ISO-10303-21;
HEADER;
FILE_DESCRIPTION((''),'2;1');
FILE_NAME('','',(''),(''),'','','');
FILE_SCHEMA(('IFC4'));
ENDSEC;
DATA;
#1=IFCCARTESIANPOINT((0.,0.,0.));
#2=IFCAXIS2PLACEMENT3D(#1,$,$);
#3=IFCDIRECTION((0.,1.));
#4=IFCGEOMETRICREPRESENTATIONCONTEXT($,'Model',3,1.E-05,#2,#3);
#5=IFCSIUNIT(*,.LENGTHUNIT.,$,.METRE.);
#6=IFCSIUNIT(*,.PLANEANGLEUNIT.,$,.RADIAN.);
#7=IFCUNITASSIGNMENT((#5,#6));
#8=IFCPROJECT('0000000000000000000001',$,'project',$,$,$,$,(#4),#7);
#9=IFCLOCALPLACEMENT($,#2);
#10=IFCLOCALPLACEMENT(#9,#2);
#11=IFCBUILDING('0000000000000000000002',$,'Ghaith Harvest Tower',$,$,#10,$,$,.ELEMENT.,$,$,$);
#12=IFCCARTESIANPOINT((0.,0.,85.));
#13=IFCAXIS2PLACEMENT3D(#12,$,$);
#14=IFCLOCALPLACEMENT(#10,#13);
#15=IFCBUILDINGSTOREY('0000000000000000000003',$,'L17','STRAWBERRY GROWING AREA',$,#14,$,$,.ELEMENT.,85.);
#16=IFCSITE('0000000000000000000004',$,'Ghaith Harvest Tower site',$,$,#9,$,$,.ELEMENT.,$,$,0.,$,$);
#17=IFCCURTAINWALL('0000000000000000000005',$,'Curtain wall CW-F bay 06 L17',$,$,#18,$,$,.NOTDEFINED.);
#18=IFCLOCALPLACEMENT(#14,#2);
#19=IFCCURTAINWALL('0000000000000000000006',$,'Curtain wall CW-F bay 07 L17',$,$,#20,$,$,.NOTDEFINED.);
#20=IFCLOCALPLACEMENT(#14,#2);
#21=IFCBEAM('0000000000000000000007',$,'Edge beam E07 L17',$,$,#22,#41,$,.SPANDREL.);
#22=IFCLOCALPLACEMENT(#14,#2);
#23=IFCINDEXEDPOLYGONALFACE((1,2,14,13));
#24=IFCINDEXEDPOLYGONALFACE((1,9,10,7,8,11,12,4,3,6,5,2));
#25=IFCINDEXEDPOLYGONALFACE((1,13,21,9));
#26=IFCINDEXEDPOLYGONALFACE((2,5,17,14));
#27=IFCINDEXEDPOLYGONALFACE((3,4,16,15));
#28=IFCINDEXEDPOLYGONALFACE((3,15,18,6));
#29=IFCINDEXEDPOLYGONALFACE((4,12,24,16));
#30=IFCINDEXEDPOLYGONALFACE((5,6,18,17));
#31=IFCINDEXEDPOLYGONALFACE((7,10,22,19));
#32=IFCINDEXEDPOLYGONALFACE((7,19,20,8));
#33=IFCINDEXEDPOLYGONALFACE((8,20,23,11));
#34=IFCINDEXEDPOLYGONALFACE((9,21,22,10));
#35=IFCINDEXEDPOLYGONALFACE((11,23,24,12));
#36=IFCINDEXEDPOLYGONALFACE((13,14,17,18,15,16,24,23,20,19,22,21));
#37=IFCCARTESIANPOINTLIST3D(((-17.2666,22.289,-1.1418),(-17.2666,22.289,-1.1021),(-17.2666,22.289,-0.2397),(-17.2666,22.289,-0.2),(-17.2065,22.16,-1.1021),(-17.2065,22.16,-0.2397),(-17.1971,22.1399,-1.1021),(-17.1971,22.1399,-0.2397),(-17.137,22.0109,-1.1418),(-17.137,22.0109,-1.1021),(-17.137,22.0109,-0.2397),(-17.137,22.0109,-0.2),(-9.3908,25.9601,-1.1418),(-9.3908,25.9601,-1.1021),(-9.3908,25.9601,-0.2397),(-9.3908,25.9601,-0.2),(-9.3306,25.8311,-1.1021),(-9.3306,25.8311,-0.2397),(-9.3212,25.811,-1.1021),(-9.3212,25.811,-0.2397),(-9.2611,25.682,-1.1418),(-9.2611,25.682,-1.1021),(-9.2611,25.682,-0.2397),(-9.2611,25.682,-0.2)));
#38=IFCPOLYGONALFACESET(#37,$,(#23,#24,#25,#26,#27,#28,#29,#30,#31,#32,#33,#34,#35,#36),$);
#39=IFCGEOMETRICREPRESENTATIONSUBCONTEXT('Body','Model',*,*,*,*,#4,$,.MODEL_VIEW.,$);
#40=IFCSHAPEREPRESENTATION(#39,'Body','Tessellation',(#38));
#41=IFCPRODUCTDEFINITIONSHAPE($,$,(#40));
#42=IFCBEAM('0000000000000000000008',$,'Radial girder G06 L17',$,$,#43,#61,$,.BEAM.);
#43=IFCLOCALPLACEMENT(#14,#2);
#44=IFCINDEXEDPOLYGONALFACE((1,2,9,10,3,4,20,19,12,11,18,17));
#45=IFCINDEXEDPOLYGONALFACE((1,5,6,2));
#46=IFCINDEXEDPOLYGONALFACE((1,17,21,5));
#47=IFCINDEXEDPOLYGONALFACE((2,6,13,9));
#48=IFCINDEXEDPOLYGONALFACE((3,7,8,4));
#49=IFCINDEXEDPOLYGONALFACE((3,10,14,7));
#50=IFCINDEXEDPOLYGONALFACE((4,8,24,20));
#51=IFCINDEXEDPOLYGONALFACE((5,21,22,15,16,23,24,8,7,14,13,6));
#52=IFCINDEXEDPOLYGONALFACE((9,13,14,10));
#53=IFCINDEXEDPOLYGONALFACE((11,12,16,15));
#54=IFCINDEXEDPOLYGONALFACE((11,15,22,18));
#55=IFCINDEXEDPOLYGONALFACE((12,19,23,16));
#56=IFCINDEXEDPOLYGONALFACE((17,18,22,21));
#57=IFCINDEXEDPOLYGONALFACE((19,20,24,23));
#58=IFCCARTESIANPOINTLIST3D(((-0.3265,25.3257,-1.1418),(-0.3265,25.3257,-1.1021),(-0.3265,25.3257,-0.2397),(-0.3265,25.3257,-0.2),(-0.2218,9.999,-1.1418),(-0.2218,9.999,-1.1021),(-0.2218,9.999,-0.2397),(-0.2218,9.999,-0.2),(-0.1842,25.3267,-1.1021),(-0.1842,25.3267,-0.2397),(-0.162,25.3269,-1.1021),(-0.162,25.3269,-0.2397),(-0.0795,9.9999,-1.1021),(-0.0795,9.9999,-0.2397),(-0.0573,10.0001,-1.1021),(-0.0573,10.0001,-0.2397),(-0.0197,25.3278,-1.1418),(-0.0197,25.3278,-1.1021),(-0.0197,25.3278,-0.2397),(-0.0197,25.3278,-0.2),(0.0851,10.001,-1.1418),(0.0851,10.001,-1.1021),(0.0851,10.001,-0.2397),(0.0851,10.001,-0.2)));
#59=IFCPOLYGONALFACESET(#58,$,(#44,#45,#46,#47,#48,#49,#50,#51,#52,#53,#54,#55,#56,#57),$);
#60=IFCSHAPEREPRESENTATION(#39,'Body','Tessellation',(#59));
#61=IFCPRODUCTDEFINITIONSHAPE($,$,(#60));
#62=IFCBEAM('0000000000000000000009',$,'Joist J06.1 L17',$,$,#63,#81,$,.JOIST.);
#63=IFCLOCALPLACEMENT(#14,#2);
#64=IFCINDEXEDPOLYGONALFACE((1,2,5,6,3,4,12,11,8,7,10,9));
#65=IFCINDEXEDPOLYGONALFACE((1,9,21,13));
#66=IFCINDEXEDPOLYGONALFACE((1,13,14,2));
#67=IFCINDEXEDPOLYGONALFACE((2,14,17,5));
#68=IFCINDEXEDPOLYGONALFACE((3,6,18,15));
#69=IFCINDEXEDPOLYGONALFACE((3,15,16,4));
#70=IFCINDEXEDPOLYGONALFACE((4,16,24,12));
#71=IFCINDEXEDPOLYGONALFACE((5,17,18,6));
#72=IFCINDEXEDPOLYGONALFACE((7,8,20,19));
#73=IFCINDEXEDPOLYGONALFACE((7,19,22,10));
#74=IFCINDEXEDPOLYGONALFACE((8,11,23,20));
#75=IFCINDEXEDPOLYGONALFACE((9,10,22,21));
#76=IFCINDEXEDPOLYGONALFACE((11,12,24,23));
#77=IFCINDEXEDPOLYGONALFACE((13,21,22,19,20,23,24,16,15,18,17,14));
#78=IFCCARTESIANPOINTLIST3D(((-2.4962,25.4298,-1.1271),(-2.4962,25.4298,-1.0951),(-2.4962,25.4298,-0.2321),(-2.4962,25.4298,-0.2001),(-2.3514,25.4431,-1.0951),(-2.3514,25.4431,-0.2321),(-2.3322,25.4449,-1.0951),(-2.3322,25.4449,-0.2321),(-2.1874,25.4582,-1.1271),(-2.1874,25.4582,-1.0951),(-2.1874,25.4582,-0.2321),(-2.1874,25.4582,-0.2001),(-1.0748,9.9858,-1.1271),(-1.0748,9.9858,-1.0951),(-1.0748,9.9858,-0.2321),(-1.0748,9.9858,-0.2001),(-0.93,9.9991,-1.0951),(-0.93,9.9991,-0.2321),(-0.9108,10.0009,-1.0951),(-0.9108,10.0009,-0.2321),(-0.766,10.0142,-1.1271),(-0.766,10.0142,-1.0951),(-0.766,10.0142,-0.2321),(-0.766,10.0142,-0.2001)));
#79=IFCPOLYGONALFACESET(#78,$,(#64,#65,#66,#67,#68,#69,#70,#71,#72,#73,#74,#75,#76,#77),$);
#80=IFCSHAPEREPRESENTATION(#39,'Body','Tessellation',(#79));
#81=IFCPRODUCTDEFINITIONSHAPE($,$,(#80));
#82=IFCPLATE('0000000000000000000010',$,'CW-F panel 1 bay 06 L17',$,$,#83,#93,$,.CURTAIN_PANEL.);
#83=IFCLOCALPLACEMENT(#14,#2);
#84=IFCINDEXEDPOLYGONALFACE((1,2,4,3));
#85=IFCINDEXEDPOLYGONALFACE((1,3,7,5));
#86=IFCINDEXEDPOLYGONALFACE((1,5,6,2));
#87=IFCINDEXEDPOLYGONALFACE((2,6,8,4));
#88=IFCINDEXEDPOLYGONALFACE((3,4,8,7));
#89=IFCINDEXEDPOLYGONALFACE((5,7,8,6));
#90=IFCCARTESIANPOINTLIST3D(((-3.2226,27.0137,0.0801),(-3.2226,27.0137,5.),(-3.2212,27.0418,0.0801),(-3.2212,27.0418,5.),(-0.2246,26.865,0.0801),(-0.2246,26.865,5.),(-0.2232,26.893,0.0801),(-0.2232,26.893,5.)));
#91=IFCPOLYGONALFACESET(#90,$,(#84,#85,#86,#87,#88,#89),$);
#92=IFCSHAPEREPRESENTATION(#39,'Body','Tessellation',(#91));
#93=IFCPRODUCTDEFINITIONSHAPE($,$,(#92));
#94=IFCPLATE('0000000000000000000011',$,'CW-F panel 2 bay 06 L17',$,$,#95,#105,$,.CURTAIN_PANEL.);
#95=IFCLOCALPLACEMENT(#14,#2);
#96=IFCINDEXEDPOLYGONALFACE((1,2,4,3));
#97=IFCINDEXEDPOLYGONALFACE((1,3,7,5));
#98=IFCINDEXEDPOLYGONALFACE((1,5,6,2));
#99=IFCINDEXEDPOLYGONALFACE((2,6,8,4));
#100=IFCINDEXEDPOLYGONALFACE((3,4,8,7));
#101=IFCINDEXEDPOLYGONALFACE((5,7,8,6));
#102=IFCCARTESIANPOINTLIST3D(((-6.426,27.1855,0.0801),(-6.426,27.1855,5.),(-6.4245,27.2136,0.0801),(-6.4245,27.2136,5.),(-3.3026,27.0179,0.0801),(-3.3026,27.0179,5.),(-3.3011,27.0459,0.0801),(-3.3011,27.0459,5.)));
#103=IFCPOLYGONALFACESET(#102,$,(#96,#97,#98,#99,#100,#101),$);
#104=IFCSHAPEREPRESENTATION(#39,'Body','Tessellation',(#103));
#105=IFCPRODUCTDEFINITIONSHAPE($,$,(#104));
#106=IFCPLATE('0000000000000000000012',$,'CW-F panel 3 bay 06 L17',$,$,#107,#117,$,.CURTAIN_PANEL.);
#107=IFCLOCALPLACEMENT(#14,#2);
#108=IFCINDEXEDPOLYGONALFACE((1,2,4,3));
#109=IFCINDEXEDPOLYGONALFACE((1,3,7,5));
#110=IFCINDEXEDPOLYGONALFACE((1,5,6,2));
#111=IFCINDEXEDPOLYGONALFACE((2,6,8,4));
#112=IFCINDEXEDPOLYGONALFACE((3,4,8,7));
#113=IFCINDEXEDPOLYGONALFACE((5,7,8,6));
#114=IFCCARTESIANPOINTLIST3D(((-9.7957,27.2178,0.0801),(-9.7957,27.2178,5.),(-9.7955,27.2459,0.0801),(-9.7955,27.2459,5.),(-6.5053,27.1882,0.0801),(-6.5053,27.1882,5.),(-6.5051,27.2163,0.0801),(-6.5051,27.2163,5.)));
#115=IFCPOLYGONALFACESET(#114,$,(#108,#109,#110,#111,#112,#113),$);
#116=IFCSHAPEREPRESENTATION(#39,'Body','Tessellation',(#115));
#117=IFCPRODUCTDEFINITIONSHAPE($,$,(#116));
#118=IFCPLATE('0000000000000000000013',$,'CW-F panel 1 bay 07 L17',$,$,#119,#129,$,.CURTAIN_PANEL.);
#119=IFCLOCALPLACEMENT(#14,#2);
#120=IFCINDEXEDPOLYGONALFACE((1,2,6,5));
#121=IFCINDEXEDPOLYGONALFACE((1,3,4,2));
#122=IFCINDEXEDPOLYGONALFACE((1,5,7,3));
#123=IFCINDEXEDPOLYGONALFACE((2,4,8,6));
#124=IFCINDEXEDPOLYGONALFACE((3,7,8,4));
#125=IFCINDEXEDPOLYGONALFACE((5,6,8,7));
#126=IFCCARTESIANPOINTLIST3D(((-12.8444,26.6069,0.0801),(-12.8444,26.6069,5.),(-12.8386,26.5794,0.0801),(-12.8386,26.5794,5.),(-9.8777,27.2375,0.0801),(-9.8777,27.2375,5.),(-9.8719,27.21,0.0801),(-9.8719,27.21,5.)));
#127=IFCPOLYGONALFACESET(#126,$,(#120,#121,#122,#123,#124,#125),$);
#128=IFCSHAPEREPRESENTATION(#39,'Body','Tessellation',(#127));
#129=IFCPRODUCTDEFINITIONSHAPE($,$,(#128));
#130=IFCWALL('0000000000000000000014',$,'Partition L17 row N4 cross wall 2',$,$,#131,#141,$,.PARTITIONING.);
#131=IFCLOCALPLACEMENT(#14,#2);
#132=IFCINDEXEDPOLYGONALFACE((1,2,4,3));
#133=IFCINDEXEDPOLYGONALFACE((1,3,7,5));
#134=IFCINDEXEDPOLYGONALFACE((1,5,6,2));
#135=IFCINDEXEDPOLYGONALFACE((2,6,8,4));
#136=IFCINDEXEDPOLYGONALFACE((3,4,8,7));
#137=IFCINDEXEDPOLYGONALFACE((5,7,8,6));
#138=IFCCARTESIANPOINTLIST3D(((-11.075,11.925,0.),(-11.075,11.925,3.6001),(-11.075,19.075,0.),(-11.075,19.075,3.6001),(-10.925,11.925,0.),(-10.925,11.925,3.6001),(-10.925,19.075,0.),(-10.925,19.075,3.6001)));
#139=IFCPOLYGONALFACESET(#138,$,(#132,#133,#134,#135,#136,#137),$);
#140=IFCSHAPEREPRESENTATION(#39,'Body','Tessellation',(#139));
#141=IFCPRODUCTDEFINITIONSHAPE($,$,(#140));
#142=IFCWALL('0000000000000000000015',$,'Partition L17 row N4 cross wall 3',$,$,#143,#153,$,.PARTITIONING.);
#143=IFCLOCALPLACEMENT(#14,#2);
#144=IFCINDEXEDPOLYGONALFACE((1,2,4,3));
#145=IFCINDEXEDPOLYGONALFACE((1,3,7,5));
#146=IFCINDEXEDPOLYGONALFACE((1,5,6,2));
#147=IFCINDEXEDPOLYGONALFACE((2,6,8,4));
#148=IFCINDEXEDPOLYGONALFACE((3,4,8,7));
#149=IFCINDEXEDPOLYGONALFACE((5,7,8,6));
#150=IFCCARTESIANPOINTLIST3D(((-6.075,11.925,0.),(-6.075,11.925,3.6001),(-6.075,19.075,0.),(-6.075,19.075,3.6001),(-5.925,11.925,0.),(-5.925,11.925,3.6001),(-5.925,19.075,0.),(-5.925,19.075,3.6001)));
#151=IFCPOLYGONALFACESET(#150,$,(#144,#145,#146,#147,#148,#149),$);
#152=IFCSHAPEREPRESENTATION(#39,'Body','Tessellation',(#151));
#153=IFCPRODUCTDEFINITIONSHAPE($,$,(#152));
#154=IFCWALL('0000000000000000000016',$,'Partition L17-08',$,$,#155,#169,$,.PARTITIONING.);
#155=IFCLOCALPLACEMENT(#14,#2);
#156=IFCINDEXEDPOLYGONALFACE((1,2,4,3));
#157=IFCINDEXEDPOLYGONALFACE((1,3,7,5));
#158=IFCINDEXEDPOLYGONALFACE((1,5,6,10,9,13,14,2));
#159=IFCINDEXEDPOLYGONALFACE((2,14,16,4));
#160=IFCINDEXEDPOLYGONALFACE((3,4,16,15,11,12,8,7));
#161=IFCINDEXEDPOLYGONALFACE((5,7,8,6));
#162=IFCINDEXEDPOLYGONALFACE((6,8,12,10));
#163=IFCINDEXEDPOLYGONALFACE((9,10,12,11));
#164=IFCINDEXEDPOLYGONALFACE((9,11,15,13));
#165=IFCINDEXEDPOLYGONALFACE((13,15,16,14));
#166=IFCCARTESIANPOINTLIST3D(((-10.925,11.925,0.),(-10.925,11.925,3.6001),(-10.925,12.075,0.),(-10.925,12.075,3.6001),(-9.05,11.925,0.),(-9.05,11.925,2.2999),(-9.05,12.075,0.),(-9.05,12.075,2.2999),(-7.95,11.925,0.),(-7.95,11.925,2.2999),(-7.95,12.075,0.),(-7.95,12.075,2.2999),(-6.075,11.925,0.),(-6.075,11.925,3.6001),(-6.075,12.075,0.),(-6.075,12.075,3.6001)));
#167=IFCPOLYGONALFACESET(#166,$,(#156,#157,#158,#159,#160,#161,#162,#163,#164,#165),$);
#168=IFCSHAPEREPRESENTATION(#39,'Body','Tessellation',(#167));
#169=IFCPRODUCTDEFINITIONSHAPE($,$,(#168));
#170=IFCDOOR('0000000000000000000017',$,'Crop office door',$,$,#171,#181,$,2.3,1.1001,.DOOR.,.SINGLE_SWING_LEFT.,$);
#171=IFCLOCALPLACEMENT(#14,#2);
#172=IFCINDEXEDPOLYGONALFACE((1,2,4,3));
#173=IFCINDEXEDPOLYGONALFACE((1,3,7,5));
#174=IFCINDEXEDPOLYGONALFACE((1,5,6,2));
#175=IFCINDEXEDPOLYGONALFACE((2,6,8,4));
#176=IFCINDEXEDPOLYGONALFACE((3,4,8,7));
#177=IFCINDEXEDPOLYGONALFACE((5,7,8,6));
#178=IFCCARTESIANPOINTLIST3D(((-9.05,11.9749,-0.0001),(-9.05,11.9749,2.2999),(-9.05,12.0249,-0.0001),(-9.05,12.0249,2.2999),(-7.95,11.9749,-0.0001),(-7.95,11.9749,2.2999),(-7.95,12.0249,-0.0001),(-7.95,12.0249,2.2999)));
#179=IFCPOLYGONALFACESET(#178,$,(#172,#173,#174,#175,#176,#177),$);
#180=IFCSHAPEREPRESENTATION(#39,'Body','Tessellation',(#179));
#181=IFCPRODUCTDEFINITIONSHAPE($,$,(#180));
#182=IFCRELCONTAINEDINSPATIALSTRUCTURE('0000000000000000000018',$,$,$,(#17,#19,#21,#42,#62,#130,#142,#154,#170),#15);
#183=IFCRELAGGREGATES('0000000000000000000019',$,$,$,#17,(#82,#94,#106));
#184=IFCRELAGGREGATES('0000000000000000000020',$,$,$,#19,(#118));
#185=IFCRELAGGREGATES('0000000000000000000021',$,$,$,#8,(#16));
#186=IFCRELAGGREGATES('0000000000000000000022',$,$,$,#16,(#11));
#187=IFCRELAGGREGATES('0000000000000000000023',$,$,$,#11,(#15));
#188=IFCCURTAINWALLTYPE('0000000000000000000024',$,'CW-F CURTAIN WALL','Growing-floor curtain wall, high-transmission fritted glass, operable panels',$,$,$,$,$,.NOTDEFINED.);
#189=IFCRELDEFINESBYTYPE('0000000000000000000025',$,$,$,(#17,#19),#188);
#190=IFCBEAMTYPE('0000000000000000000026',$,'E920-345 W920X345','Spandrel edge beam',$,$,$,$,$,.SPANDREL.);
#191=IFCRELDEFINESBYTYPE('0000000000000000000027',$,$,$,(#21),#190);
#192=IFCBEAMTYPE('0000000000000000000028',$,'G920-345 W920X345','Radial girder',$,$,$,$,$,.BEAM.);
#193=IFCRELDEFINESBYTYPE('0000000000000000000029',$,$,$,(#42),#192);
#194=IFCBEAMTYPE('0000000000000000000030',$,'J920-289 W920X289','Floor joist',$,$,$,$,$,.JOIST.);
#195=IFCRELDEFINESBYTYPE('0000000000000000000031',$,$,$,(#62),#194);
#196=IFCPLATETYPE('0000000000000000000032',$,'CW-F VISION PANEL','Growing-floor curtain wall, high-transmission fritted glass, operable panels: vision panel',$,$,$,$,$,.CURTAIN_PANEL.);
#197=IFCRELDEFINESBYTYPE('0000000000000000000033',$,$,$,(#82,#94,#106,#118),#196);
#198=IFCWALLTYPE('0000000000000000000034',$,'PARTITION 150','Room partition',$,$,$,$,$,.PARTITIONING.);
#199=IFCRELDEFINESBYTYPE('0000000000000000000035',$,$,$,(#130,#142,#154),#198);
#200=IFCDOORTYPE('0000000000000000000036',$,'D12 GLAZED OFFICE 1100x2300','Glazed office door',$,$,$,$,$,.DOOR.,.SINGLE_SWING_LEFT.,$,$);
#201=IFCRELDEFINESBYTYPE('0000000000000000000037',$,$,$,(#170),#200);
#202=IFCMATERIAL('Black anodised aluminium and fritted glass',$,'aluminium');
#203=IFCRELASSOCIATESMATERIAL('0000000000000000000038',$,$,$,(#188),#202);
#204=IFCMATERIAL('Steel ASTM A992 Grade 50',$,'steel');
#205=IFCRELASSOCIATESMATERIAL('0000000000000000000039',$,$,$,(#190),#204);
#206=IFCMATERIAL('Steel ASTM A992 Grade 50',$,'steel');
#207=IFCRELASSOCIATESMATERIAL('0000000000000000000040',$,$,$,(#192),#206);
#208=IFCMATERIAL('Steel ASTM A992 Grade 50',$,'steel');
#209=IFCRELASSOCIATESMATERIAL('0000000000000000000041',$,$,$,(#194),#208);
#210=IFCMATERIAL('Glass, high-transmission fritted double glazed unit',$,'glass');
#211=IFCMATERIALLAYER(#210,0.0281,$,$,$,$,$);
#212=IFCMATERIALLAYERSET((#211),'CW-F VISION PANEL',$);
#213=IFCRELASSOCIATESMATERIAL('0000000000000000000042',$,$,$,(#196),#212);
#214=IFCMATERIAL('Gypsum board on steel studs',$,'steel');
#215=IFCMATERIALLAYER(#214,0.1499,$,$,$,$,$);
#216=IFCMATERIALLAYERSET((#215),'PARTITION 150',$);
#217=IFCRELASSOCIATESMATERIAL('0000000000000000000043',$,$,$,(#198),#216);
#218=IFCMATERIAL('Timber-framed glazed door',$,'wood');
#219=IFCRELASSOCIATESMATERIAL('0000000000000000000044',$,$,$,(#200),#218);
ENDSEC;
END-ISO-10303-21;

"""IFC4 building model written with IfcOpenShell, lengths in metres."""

from ifc_helpers import new_model, si_unit, direction, frame, frame_2d, origin, origin_2d, place, context, subcontext, project, spatial, rectangle, i_section, extrude, material, layer, layer_set, material_profile, profile_set, type_object, element, fill, aggregate, save


model = new_model("IFC4")

# Units and contexts
model_context = context("Model", 3, precision=1e-05, world=origin(), true_north=direction((0.0, 1.0)))
body_context = subcontext(model_context, "Body", "Model", "MODEL_VIEW")
ifc_project = project(units=[si_unit("LENGTHUNIT", "METRE"), si_unit("PLANEANGLEUNIT", "RADIAN")], contexts=[model_context])

# Site, building, storey
site_placement = place(None, origin())
site = spatial("IfcSite", under=ifc_project, at=site_placement, Name="Ghaith Harvest Tower site", CompositionType="ELEMENT", RefElevation=0.0)
building_placement = place(site_placement, origin())
building = spatial("IfcBuilding", under=site, at=building_placement, Name="Ghaith Harvest Tower", CompositionType="ELEMENT")
storey_placement = place(building_placement, frame((0.0, 0.0, 85.0)))
storey = spatial("IfcBuildingStorey", under=building, at=storey_placement, Name="L17", Description="STRAWBERRY GROWING AREA", CompositionType="ELEMENT", Elevation=85.0)

# Curtain walls
ifc_material_1 = material(Name="Black anodised aluminium and fritted glass", Category="aluminium")
curtain_wall_type = type_object("IfcCurtainWallType", Name="CW-F CURTAIN WALL", Description="Growing-floor curtain wall, high-transmission fritted glass, operable panels", PredefinedType="NOTDEFINED", material=ifc_material_1)
curtain_wall_1_placement = place(storey_placement, origin())
curtain_wall_1 = element("IfcCurtainWall", 1, at=curtain_wall_1_placement, inside=storey, type_object=curtain_wall_type, Name="Curtain wall CW-F bay 06 L17", PredefinedType="NOTDEFINED")
curtain_wall_2_placement = place(storey_placement, origin())
curtain_wall_2 = element("IfcCurtainWall", 2, at=curtain_wall_2_placement, inside=storey, type_object=curtain_wall_type, Name="Curtain wall CW-F bay 07 L17", PredefinedType="NOTDEFINED")

# Beams
ifc_material_2 = material(Name="Steel ASTM A992 Grade 50", Category="steel")
ifc_material_profile_1 = material_profile(ifc_material_2, i_section(OverallWidth=0.3069, OverallDepth=0.9419, WebThickness=0.0222, FlangeThickness=0.0398, at=origin_2d()), Name="W920X345")
ifc_profile_set_1 = profile_set([ifc_material_profile_1], Name="Steel ASTM A992 Grade 50")
beam_type_1 = type_object("IfcBeamType", Name="E920-345 W920X345", Description="Spandrel edge beam", PredefinedType="SPANDREL", material=ifc_profile_set_1)
beam_1_placement = place(storey_placement, frame((-9.3259, 25.821, -0.6709), z_axis=(-0.906373, -0.422478, 0.0), x_axis=(0.422478, -0.906373, 0.0)))
element("IfcBeam", 3, at=beam_1_placement, inside=storey, type_object=beam_type_1, Name="Edge beam E07 L17", PredefinedType="SPANDREL", context=body_context, shape_type="SweptSolid", body=[
    extrude(i_section(OverallWidth=0.3069, OverallDepth=0.9419, WebThickness=0.0222, FlangeThickness=0.0398, at=origin_2d()), origin(), (0.0, 0.0, 1.0), 8.6895),
])
ifc_material_3 = material(Name="Steel ASTM A992 Grade 50", Category="steel")
ifc_material_profile_2 = material_profile(ifc_material_3, i_section(OverallWidth=0.3069, OverallDepth=0.9419, WebThickness=0.0222, FlangeThickness=0.0398, at=origin_2d()), Name="W920X345")
ifc_profile_set_2 = profile_set([ifc_material_profile_2], Name="Steel ASTM A992 Grade 50")
beam_type_2 = type_object("IfcBeamType", Name="G920-345 W920X345", Description="Radial girder", PredefinedType="BEAM", material=ifc_profile_set_2)
beam_2_placement = place(storey_placement, frame((-0.0684, 10.0, -0.6709), z_axis=(-0.006833, 0.999977, 0.0), x_axis=(-0.999977, -0.006833, 0.0)))
element("IfcBeam", 4, at=beam_2_placement, inside=storey, type_object=beam_type_2, Name="Radial girder G06 L17", PredefinedType="BEAM", context=body_context, shape_type="SweptSolid", body=[
    extrude(i_section(OverallWidth=0.3069, OverallDepth=0.9419, WebThickness=0.0222, FlangeThickness=0.0398, at=origin_2d()), origin(), (0.0, 0.0, 1.0), 15.3271),
])
ifc_material_4 = material(Name="Steel ASTM A992 Grade 50", Category="steel")
ifc_material_profile_3 = material_profile(ifc_material_4, i_section(OverallWidth=0.3101, OverallDepth=0.927, WebThickness=0.0193, FlangeThickness=0.032, at=origin_2d()), Name="W920X289")
ifc_profile_set_3 = profile_set([ifc_material_profile_3], Name="Steel ASTM A992 Grade 50")
beam_type_3 = type_object("IfcBeamType", Name="J920-289 W920X289", Description="Floor joist", PredefinedType="JOIST", material=ifc_profile_set_3)
beam_3_placement = place(storey_placement, frame((-0.9204, 10.0, -0.6636), z_axis=(-0.091647, 0.995792, 0.0), x_axis=(-0.995792, -0.091647, 0.0)))
element("IfcBeam", 5, at=beam_3_placement, inside=storey, type_object=beam_type_3, Name="Joist J06.1 L17", PredefinedType="JOIST", context=body_context, shape_type="SweptSolid", body=[
    extrude(i_section(OverallWidth=0.3101, OverallDepth=0.927, WebThickness=0.0193, FlangeThickness=0.032, at=origin_2d()), origin(), (0.0, 0.0, 1.0), 15.5093),
])

# Plates
ifc_material_5 = material(Name="Glass, high-transmission fritted double glazed unit", Category="glass")
ifc_layer_1 = layer(ifc_material_5, 0.0281)
ifc_layer_set_1 = layer_set([ifc_layer_1], Name="CW-F VISION PANEL")
plate_type = type_object("IfcPlateType", Name="CW-F VISION PANEL", Description="Growing-floor curtain wall, high-transmission fritted glass, operable panels: vision panel", PredefinedType="CURTAIN_PANEL", material=ifc_layer_set_1)
plate_1_placement = place(storey_placement, frame((-1.7229, 26.9534, 0.0801), z_axis=(0.0, 0.0, 1.0), x_axis=(-0.998771, 0.049554, 0.0)))
plate_1 = element("IfcPlate", 6, at=plate_1_placement, type_object=plate_type, Name="CW-F panel 1 bay 06 L17", PredefinedType="CURTAIN_PANEL", context=body_context, shape_type="SweptSolid", body=[
    extrude(rectangle(XDim=3.0017, YDim=0.0281, at=origin_2d()), origin(), (0.0, 0.0, 1.0), 4.9199),
])
plate_2_placement = place(storey_placement, frame((-4.8635, 27.1157, 0.0801), z_axis=(0.0, 0.0, 1.0), x_axis=(-0.998563, 0.0536, 0.0)))
plate_2 = element("IfcPlate", 7, at=plate_2_placement, type_object=plate_type, Name="CW-F panel 2 bay 06 L17", PredefinedType="CURTAIN_PANEL", context=body_context, shape_type="SweptSolid", body=[
    extrude(rectangle(XDim=3.1279, YDim=0.0281, at=origin_2d()), origin(), (0.0, 0.0, 1.0), 4.9199),
])
plate_3_placement = place(storey_placement, frame((-8.1504, 27.217, 0.0801), z_axis=(0.0, 0.0, 1.0), x_axis=(-0.99996, 0.008988, 0.0)))
plate_3 = element("IfcPlate", 8, at=plate_3_placement, type_object=plate_type, Name="CW-F panel 3 bay 06 L17", PredefinedType="CURTAIN_PANEL", context=body_context, shape_type="SweptSolid", body=[
    extrude(rectangle(XDim=3.2905, YDim=0.0281, at=origin_2d()), origin(), (0.0, 0.0, 1.0), 4.9199),
])
aggregate(curtain_wall_1, [plate_1, plate_2, plate_3])
plate_4_placement = place(storey_placement, frame((-11.3582, 26.9084, 0.0801), z_axis=(0.0, 0.0, 1.0), x_axis=(-0.978149, -0.207904, 0.0)))
plate_4 = element("IfcPlate", 9, at=plate_4_placement, type_object=plate_type, Name="CW-F panel 1 bay 07 L17", PredefinedType="CURTAIN_PANEL", context=body_context, shape_type="SweptSolid", body=[
    extrude(rectangle(XDim=3.033, YDim=0.0281, at=origin_2d()), origin(), (0.0, 0.0, 1.0), 4.9199),
])
aggregate(curtain_wall_2, [plate_4])

# Walls
ifc_material_6 = material(Name="Gypsum board on steel studs", Category="steel")
ifc_layer_2 = layer(ifc_material_6, 0.1499)
ifc_layer_set_2 = layer_set([ifc_layer_2], Name="PARTITION 150")
wall_type = type_object("IfcWallType", Name="PARTITION 150", Description="Room partition", PredefinedType="PARTITIONING", material=ifc_layer_set_2)
for number, where, z_axis, x_axis, name in (
    (10, (-11.0, 11.925, 0.0), (0.0, 0.0, 1.0), (0.0, 1.0, 0.0), "Partition L17 row N4 cross wall 2"),
    (11, (-6.0, 11.925, 0.0), (0.0, 0.0, 1.0), (0.0, 1.0, 0.0), "Partition L17 row N4 cross wall 3"),
):
    element("IfcWall", number, at=place(storey_placement, frame(where, z_axis=z_axis, x_axis=x_axis)), inside=storey, type_object=wall_type, Name=name, PredefinedType="PARTITIONING", context=body_context, shape_type="SweptSolid", body=[
        extrude(rectangle(XDim=7.1499, YDim=0.1499, at=frame_2d((3.575, 0.0))), origin(), (0.0, 0.0, 1.0), 3.6001),
    ])

# Wall, opening, door
wall_1_placement = place(storey_placement, frame((-10.925, 12.0, 0.0), z_axis=(0.0, 0.0, 1.0), x_axis=(1.0, 0.0, 0.0)))
wall_1 = element("IfcWall", 12, at=wall_1_placement, inside=storey, type_object=wall_type, Name="Partition L17-08", PredefinedType="PARTITIONING", context=body_context, shape_type="SweptSolid", body=[
    extrude(rectangle(XDim=4.8501, YDim=0.1499, at=frame_2d((2.425, 0.0))), origin(), (0.0, 0.0, 1.0), 3.6001),
])
opening_1_placement = place(wall_1_placement, frame((1.875, 0.0, 0.0)))
opening_1 = element("IfcOpeningElement", 13, at=opening_1_placement, cuts=wall_1, PredefinedType="OPENING", context=body_context, shape_type="SweptSolid", body=[
    extrude(rectangle(XDim=1.1001, YDim=2.3, at=frame_2d((0.55, 1.1499))), frame((0.0, 0.085, 0.0), z_axis=(0.0, -1.0, 0.0), x_axis=(1.0, 0.0, 0.0)), (0.0, 0.0, 1.0), 0.1699),
])
ifc_material_7 = material(Name="Timber-framed glazed door", Category="wood")
door_type_1 = type_object("IfcDoorType", Name="D12 GLAZED OFFICE 1100x2300", Description="Glazed office door", OperationType="SINGLE_SWING_LEFT", PredefinedType="DOOR", material=ifc_material_7)
door_1_placement = place(opening_1_placement, origin())
door_1 = element("IfcDoor", 14, at=door_1_placement, inside=storey, type_object=door_type_1, Name="Crop office door", OperationType="SINGLE_SWING_LEFT", OverallHeight=2.3, OverallWidth=1.1001, PredefinedType="DOOR", context=body_context, shape_type="SweptSolid", body=[
    extrude(rectangle(XDim=1.1001, YDim=2.3, at=frame_2d((0.55, 1.1499))), frame((0.0, 0.0249, 0.0), z_axis=(0.0, -1.0, 0.0), x_axis=(1.0, 0.0, 0.0)), (0.0, 0.0, 1.0), 0.05),
])
fill(opening_1, door_1)

save(model, "model.ifc")
